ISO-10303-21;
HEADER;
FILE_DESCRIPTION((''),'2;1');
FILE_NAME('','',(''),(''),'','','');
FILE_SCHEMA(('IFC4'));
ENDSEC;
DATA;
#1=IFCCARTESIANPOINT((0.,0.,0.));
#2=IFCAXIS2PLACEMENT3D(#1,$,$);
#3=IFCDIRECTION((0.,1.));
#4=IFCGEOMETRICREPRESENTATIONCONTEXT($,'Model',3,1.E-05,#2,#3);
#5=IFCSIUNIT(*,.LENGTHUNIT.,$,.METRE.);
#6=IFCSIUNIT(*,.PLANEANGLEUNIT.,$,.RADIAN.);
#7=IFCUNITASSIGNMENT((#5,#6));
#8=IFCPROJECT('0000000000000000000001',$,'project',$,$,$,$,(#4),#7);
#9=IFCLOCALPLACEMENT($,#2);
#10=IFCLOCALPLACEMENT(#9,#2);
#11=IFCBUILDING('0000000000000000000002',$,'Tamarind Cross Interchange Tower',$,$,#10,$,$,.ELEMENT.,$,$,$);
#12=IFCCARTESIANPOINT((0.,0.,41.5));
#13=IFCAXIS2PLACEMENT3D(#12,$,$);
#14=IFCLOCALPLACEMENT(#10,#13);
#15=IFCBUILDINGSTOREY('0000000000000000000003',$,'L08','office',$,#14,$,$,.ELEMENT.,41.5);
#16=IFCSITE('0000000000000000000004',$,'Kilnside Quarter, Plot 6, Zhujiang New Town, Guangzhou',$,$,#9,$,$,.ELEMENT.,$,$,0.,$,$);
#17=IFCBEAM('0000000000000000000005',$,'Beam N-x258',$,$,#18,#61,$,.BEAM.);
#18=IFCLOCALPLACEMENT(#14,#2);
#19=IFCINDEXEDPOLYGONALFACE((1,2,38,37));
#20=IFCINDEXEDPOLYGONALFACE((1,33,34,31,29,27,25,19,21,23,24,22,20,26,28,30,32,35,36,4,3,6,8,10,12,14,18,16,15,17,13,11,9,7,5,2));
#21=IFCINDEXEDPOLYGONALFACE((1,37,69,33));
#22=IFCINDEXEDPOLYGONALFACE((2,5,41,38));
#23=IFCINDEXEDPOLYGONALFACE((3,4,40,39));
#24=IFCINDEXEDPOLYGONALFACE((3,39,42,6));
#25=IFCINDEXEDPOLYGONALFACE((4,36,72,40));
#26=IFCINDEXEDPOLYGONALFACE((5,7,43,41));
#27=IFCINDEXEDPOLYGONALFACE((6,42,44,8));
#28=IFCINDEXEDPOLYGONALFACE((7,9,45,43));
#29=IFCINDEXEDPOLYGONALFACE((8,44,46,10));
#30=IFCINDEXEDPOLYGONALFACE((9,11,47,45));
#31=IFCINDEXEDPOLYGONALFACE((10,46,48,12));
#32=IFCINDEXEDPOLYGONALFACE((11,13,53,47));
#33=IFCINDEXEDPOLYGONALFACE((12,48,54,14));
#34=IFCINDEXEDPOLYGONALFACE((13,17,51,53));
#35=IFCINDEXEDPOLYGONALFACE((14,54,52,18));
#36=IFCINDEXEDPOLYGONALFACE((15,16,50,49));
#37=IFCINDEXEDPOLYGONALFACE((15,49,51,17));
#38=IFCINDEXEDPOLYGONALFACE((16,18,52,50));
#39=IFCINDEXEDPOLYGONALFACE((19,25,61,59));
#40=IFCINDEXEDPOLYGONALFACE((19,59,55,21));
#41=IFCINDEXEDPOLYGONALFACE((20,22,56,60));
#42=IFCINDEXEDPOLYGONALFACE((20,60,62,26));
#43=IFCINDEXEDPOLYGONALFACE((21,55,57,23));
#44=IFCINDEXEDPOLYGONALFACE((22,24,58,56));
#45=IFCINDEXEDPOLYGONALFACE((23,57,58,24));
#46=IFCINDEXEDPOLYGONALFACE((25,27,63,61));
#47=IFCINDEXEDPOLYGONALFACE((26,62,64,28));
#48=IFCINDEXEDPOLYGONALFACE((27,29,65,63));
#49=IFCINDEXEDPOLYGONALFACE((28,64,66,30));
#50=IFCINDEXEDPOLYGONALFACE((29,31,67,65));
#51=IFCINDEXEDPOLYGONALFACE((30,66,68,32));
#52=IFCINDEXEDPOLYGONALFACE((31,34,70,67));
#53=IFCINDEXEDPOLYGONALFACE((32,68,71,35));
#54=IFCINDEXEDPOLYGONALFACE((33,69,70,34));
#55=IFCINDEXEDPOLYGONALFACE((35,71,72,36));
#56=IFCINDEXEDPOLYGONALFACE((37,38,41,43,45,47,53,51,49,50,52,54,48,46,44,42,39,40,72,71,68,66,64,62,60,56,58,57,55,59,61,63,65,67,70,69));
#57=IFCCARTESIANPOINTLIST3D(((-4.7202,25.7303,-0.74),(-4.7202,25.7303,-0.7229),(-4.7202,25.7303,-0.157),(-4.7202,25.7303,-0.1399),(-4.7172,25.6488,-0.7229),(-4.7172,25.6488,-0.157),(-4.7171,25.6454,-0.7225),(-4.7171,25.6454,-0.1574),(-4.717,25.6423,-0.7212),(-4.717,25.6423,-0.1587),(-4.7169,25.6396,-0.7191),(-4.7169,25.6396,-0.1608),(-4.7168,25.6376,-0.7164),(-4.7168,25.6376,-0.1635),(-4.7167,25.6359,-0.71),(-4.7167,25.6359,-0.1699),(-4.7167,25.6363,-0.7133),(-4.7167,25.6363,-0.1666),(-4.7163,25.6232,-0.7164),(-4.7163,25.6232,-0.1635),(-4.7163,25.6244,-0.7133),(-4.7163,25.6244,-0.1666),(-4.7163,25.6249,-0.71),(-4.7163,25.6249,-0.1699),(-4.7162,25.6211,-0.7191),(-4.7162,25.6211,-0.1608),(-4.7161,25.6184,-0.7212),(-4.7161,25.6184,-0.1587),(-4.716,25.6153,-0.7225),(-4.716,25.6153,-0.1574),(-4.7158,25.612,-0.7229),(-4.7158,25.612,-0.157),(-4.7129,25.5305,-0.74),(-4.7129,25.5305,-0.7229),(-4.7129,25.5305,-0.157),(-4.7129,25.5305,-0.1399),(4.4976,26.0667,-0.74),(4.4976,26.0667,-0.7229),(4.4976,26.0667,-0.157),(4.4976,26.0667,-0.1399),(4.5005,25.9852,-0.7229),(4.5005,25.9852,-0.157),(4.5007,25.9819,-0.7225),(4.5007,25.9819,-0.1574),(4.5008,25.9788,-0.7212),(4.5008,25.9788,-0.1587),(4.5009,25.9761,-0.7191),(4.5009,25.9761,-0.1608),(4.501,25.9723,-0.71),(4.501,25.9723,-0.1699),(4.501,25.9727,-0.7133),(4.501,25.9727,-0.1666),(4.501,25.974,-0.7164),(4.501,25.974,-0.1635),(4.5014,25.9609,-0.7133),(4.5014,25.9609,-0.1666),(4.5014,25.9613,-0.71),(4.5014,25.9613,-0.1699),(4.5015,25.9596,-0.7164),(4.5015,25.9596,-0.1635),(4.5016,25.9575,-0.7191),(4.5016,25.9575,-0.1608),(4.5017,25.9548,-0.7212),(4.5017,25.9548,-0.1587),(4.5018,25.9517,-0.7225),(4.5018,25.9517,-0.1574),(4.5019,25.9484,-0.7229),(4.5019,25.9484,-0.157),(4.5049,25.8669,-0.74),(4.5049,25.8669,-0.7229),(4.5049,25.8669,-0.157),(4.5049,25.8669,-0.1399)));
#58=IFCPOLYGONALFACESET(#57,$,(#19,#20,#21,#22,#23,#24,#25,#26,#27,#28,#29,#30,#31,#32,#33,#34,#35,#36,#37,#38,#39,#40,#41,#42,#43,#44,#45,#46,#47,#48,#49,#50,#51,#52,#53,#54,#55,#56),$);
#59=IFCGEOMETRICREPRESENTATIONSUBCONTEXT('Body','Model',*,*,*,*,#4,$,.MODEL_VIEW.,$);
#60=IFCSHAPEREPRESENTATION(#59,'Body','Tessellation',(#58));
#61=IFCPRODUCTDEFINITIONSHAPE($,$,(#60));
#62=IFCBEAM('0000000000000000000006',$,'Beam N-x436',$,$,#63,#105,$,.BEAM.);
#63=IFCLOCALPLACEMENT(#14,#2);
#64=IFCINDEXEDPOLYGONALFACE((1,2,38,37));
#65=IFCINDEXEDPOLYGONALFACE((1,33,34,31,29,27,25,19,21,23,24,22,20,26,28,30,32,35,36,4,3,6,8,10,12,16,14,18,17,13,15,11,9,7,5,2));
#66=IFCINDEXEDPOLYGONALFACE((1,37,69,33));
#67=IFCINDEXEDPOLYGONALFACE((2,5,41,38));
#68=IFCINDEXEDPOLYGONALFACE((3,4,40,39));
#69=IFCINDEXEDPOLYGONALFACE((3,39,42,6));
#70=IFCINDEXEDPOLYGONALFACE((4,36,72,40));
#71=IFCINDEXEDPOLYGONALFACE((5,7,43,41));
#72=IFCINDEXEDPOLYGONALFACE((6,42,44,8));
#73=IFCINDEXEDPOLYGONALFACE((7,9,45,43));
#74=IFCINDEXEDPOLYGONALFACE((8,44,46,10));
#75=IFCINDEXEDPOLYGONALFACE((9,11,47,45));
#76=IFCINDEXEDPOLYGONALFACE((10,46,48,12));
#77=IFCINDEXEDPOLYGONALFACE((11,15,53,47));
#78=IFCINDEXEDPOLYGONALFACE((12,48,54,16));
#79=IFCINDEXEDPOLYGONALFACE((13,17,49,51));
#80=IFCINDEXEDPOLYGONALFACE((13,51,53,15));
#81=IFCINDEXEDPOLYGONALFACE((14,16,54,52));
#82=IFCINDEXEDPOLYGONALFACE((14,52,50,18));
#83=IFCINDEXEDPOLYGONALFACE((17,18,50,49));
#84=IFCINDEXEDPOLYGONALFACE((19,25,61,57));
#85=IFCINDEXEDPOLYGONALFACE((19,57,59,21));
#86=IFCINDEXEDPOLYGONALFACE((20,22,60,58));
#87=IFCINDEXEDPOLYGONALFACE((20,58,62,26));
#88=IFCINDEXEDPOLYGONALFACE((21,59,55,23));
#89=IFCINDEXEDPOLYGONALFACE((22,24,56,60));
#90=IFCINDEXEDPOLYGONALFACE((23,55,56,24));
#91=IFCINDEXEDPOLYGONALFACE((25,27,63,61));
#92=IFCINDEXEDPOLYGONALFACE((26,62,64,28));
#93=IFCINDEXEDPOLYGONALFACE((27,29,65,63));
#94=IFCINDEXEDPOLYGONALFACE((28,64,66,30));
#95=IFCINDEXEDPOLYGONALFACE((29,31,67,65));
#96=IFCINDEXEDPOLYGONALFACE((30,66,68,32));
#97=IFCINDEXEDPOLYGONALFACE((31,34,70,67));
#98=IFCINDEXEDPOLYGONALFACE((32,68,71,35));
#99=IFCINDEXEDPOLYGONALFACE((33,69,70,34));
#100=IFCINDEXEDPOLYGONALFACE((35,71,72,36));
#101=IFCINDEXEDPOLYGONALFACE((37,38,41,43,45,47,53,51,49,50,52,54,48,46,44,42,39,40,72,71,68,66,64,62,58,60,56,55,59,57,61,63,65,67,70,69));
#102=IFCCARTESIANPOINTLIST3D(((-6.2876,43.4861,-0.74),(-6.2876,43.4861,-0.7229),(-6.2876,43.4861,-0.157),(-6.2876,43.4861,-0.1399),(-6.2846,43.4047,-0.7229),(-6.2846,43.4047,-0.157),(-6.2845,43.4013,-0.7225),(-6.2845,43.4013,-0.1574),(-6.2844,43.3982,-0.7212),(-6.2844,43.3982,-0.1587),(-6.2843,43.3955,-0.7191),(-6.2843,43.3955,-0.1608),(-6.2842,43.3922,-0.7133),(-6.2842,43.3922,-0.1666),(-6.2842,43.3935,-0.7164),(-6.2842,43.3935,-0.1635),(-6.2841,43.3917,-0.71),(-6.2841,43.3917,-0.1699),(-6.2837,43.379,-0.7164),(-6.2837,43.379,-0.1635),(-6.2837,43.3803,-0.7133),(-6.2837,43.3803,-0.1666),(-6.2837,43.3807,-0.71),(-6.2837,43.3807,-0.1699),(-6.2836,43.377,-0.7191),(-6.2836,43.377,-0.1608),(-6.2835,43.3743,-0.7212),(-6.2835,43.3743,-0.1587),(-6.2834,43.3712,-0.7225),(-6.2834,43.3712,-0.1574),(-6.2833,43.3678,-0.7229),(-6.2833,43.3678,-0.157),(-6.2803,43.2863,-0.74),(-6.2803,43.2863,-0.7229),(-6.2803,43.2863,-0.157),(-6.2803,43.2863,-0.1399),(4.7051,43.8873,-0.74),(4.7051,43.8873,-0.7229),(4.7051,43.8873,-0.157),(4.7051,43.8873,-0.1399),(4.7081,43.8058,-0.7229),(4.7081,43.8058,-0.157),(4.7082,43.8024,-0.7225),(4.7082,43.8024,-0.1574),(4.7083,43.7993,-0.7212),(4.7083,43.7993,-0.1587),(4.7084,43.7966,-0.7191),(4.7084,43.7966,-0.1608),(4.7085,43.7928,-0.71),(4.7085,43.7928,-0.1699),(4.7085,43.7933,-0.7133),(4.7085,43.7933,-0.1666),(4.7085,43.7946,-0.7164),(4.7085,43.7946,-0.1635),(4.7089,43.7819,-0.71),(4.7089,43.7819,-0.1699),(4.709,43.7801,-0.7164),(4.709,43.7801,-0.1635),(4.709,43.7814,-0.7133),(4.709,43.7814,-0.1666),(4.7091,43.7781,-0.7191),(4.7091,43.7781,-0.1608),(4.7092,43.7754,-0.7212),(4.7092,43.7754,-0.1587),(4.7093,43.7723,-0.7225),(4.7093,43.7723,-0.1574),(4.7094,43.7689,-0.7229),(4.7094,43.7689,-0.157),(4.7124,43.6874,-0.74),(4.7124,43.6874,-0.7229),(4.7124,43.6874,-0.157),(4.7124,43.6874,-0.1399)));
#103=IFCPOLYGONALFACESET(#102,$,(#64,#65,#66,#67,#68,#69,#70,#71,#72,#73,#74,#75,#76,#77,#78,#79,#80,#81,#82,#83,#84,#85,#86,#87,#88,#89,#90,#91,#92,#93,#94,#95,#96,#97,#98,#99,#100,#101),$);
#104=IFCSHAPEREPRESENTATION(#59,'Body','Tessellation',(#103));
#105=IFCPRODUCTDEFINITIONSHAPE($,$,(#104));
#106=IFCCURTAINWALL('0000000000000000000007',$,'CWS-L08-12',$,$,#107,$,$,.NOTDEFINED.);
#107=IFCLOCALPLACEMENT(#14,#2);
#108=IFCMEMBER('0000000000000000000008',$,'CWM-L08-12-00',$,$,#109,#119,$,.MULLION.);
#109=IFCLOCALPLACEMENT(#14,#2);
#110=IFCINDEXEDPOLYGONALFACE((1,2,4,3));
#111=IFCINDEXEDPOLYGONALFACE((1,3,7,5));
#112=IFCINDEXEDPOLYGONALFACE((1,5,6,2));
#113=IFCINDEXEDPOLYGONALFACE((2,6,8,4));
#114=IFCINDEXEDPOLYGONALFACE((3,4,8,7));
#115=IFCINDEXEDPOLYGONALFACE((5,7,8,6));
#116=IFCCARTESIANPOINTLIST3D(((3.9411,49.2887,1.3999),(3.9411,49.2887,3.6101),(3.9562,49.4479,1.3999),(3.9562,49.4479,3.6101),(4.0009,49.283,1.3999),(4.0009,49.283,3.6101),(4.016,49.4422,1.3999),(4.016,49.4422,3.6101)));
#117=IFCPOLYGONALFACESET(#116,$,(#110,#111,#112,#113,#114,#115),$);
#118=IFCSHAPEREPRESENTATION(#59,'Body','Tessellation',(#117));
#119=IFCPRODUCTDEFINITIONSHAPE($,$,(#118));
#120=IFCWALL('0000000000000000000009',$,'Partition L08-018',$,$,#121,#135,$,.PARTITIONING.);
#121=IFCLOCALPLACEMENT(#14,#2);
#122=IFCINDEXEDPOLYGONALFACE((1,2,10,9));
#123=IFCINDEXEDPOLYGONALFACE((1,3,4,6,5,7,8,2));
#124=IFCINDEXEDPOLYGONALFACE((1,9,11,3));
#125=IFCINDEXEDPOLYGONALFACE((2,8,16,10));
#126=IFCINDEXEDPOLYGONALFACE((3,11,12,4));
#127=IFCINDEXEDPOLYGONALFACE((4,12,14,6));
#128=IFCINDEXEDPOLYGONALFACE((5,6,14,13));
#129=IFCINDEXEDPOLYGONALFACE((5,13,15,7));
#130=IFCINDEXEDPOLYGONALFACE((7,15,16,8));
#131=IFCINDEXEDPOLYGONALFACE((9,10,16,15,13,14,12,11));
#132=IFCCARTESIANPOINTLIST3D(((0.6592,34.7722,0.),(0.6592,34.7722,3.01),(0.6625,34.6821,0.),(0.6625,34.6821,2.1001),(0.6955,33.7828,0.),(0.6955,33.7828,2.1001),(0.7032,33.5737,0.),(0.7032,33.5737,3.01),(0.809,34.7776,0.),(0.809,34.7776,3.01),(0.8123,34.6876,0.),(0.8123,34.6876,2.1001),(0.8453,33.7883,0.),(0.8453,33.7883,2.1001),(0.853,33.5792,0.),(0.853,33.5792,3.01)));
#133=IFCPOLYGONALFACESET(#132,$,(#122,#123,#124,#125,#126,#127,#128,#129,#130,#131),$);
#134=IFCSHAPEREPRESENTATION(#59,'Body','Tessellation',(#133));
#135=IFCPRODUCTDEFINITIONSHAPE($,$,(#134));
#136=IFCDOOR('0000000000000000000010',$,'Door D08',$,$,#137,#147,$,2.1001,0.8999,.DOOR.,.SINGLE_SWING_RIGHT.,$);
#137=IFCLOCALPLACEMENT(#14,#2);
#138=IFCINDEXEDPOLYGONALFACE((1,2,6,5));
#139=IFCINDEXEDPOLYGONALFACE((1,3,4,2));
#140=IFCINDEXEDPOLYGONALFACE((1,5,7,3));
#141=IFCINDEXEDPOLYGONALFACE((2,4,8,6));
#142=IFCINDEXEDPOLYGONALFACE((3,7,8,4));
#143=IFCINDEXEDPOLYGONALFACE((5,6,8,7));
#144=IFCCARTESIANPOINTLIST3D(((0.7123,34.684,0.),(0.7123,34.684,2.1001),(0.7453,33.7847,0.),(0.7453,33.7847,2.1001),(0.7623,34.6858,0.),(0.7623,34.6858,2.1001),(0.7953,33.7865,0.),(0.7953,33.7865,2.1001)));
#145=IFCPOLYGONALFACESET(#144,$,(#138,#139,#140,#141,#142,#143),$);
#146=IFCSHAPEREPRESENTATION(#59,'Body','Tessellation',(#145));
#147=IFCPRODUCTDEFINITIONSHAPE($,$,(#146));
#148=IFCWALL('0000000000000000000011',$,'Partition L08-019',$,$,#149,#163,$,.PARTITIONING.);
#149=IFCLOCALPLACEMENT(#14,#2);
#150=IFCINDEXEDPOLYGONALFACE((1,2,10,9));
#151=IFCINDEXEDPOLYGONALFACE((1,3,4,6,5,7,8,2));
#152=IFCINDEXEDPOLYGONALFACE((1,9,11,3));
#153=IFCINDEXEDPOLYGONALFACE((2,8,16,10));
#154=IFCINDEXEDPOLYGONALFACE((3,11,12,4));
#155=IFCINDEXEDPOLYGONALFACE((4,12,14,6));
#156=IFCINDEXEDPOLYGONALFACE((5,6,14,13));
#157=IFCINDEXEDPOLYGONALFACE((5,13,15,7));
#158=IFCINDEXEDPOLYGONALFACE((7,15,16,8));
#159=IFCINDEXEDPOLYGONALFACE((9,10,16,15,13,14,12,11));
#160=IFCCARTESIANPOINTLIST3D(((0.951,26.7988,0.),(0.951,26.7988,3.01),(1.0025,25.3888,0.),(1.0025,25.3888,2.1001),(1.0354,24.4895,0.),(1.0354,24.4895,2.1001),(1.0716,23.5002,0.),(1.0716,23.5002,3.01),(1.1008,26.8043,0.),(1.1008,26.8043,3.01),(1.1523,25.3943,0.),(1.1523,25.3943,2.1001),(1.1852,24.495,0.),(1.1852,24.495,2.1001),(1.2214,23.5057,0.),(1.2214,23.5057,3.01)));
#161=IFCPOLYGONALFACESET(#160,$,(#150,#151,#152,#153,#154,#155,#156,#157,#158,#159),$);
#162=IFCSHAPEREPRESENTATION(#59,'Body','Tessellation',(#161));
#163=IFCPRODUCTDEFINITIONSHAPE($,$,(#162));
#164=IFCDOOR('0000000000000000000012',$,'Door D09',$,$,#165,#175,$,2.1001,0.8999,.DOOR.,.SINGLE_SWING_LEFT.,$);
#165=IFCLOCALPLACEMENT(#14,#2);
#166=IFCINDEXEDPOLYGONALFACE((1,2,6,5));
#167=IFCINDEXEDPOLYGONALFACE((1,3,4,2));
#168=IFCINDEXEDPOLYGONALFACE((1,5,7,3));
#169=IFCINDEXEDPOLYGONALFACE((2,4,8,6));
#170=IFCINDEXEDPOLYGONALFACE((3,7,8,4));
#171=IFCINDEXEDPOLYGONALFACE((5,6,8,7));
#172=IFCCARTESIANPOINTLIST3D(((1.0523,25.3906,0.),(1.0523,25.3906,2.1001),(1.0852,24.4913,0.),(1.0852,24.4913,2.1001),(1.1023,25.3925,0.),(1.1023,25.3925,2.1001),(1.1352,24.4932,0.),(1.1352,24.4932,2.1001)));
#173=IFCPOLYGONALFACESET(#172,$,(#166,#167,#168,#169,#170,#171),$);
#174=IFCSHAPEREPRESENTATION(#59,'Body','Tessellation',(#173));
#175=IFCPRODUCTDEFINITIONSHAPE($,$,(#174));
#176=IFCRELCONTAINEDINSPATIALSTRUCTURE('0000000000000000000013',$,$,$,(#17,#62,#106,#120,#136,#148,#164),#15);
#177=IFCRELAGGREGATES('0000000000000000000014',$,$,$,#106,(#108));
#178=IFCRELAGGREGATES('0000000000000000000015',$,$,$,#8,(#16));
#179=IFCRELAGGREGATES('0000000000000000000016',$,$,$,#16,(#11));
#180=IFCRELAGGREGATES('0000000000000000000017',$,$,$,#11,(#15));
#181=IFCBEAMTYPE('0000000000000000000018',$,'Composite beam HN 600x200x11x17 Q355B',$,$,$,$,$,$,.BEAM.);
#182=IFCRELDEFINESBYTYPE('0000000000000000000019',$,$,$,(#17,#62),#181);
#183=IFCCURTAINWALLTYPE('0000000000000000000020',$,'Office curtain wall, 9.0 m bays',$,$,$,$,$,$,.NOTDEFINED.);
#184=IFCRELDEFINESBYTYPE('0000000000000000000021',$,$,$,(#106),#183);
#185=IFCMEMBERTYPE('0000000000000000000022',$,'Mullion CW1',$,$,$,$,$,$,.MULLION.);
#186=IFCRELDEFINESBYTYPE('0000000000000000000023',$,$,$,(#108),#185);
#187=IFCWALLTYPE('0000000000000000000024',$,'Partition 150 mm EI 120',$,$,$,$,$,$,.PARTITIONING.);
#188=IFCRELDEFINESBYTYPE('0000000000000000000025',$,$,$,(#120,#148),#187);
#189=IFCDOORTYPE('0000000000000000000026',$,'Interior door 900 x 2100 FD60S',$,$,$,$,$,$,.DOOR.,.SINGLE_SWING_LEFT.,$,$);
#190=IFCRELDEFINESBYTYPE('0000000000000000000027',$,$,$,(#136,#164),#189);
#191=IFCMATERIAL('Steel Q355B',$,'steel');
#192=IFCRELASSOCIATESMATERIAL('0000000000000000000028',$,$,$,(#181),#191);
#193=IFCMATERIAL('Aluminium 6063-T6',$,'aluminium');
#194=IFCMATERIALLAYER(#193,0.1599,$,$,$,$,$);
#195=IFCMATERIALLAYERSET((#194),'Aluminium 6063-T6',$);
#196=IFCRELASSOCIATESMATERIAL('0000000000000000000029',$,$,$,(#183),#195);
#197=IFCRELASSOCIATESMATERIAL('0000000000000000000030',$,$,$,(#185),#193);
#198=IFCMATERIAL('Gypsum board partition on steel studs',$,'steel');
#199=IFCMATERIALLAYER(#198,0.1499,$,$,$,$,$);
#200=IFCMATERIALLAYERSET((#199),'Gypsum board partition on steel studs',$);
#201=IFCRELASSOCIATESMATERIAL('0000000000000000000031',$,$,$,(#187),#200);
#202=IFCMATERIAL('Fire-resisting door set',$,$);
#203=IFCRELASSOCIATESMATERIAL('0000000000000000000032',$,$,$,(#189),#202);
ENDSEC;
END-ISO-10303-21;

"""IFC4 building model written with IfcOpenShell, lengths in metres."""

from ifc_helpers import new_model, si_unit, direction, frame, frame_2d, origin, origin_2d, place, context, subcontext, project, spatial, rectangle, i_section, extrude, material, layer, layer_set, material_profile, profile_set, type_object, element, fill, aggregate, save


model = new_model("IFC4")

# Units and contexts
model_context = context("Model", 3, precision=1e-05, world=origin(), true_north=direction((0.0, 1.0)))
body_context = subcontext(model_context, "Body", "Model", "MODEL_VIEW")
ifc_project = project(units=[si_unit("LENGTHUNIT", "METRE"), si_unit("PLANEANGLEUNIT", "RADIAN")], contexts=[model_context])

# Site, building, storey
site_placement = place(None, origin())
site = spatial("IfcSite", under=ifc_project, at=site_placement, Name="Kilnside Quarter, Plot 6, Zhujiang New Town, Guangzhou", CompositionType="ELEMENT", RefElevation=0.0)
building_placement = place(site_placement, origin())
building = spatial("IfcBuilding", under=site, at=building_placement, Name="Tamarind Cross Interchange Tower", CompositionType="ELEMENT")
storey_placement = place(building_placement, frame((0.0, 0.0, 41.5)))
storey = spatial("IfcBuildingStorey", under=building, at=storey_placement, Name="L08", Description="office", CompositionType="ELEMENT", Elevation=41.5)

# Beams
ifc_material_1 = material(Name="Steel Q355B", Category="steel")
ifc_material_profile_1 = material_profile(ifc_material_1, i_section(OverallWidth=0.2, OverallDepth=0.6001, WebThickness=0.011, FlangeThickness=0.0171, FilletRadius=0.0129, at=origin_2d()), Name="HN 600x200x11x17")
ifc_profile_set_1 = profile_set([ifc_material_profile_1], Name="Steel Q355B")
beam_type_1 = type_object("IfcBeamType", Name="Composite beam HN 600x200x11x17 Q355B", PredefinedType="BEAM", material=ifc_profile_set_1)
beam_1_placement = place(storey_placement, frame((4.5012, 25.9668, -0.4399), z_axis=(-0.999335, -0.036473, 0.0), x_axis=(0.036473, -0.999335, 0.0)))
element("IfcBeam", 1, at=beam_1_placement, inside=storey, type_object=beam_type_1, Name="Beam N-x258", PredefinedType="BEAM", context=body_context, shape_type="SweptSolid", body=[
    extrude(i_section(OverallWidth=0.2, OverallDepth=0.6001, WebThickness=0.011, FlangeThickness=0.0171, FilletRadius=0.0129, at=origin_2d()), origin(), (0.0, 0.0, 1.0), 9.2239),
])
beam_2_placement = place(storey_placement, frame((4.7087, 43.7874, -0.4399), z_axis=(-0.999335, -0.036466, 0.0), x_axis=(0.036466, -0.999335, 0.0)))
element("IfcBeam", 2, at=beam_2_placement, inside=storey, type_object=beam_type_1, Name="Beam N-x436", PredefinedType="BEAM", context=body_context, shape_type="SweptSolid", body=[
    extrude(i_section(OverallWidth=0.2, OverallDepth=0.6001, WebThickness=0.011, FlangeThickness=0.0171, FilletRadius=0.0129, at=origin_2d()), origin(), (0.0, 0.0, 1.0), 11.0),
])

# Curtain wall, member
ifc_material_2 = material(Name="Aluminium 6063-T6", Category="aluminium")
ifc_layer_1 = layer(ifc_material_2, 0.1599)
ifc_layer_set_1 = layer_set([ifc_layer_1], Name="Aluminium 6063-T6")
curtain_wall_type = type_object("IfcCurtainWallType", Name="Office curtain wall, 9.0 m bays", PredefinedType="NOTDEFINED", material=ifc_layer_set_1)
curtain_wall_placement = place(storey_placement, origin())
curtain_wall = element("IfcCurtainWall", 3, at=curtain_wall_placement, inside=storey, type_object=curtain_wall_type, Name="CWS-L08-12", PredefinedType="NOTDEFINED")
ifc_material_profile_2 = material_profile(ifc_material_2, rectangle(XDim=0.0601, YDim=0.1599, at=origin_2d()), Name="Mullion CW1")
ifc_profile_set_2 = profile_set([ifc_material_profile_2], Name="Aluminium 6063-T6")
member_type = type_object("IfcMemberType", Name="Mullion CW1", PredefinedType="MULLION", material=ifc_profile_set_2)
member_placement = place(storey_placement, frame((3.9785, 49.3655, 1.3999), z_axis=(0.0, 0.0, 1.0), x_axis=(-0.995545, 0.094289, 0.0)))
member = element("IfcMember", 4, at=member_placement, type_object=member_type, Name="CWM-L08-12-00", PredefinedType="MULLION", context=body_context, shape_type="SweptSolid", body=[
    extrude(rectangle(XDim=0.0601, YDim=0.1599, at=origin_2d()), origin(), (0.0, 0.0, 1.0), 2.2102),
])
aggregate(curtain_wall, [member])

# Walls, openings, doors
ifc_material_3 = material(Name="Gypsum board partition on steel studs", Category="steel")
ifc_layer_2 = layer(ifc_material_3, 0.1499)
ifc_layer_set_2 = layer_set([ifc_layer_2], Name="Gypsum board partition on steel studs")
wall_type_1 = type_object("IfcWallType", Name="Partition 150 mm EI 120", PredefinedType="PARTITIONING", material=ifc_layer_set_2)
wall_1_placement = place(storey_placement, frame((0.7341, 34.7749, 0.0), z_axis=(0.0, 0.0, 1.0), x_axis=(0.036643, -0.999328, 0.0)))
wall_1 = element("IfcWall", 5, at=wall_1_placement, inside=storey, type_object=wall_type_1, Name="Partition L08-018", PredefinedType="PARTITIONING", context=body_context, shape_type="SweptSolid", body=[
    extrude(rectangle(XDim=1.1992, YDim=0.1499, at=frame_2d((0.5996, 0.0))), origin(), (0.0, 0.0, 1.0), 3.01),
])
opening_1_placement = place(wall_1_placement, frame((0.0901, 0.0, 0.0)))
opening_1 = element("IfcOpeningElement", 6, at=opening_1_placement, cuts=wall_1, PredefinedType="OPENING", context=body_context, shape_type="SweptSolid", body=[
    extrude(rectangle(XDim=0.8999, YDim=2.1001, at=frame_2d((0.45, 1.05))), frame((0.0, 0.085, 0.0), z_axis=(0.0, -1.0, 0.0), x_axis=(1.0, 0.0, 0.0)), (0.0, 0.0, 1.0), 0.1699),
])
ifc_material_4 = material(Name="Fire-resisting door set")
door_type_1 = type_object("IfcDoorType", Name="Interior door 900 x 2100 FD60S", OperationType="SINGLE_SWING_LEFT", PredefinedType="DOOR", material=ifc_material_4)
door_1_placement = place(opening_1_placement, origin())
door_1 = element("IfcDoor", 7, at=door_1_placement, inside=storey, type_object=door_type_1, Name="Door D08", OperationType="SINGLE_SWING_RIGHT", OverallHeight=2.1001, OverallWidth=0.8999, PredefinedType="DOOR", context=body_context, shape_type="SweptSolid", body=[
    extrude(rectangle(XDim=0.8999, YDim=2.1001, at=frame_2d((0.45, 1.05))), frame((0.0, 0.0249, 0.0), z_axis=(0.0, -1.0, 0.0), x_axis=(1.0, 0.0, 0.0)), (0.0, 0.0, 1.0), 0.05),
])
fill(opening_1, door_1)
wall_2_placement = place(storey_placement, frame((1.0259, 26.8015, 0.0), z_axis=(0.0, 0.0, 1.0), x_axis=(0.036538, -0.999332, 0.0)))
wall_2 = element("IfcWall", 8, at=wall_2_placement, inside=storey, type_object=wall_type_1, Name="Partition L08-019", PredefinedType="PARTITIONING", context=body_context, shape_type="SweptSolid", body=[
    extrude(rectangle(XDim=3.3008, YDim=0.1499, at=frame_2d((1.6504, 0.0))), origin(), (0.0, 0.0, 1.0), 3.01),
])
opening_2_placement = place(wall_2_placement, frame((1.4109, 0.0, 0.0)))
opening_2 = element("IfcOpeningElement", 9, at=opening_2_placement, cuts=wall_2, PredefinedType="OPENING", context=body_context, shape_type="SweptSolid", body=[
    extrude(rectangle(XDim=0.8999, YDim=2.1001, at=frame_2d((0.45, 1.05))), frame((0.0, 0.085, 0.0), z_axis=(0.0, -1.0, 0.0), x_axis=(1.0, 0.0, 0.0)), (0.0, 0.0, 1.0), 0.1699),
])
door_2_placement = place(opening_2_placement, origin())
door_2 = element("IfcDoor", 10, at=door_2_placement, inside=storey, type_object=door_type_1, Name="Door D09", OperationType="SINGLE_SWING_LEFT", OverallHeight=2.1001, OverallWidth=0.8999, PredefinedType="DOOR", context=body_context, shape_type="SweptSolid", body=[
    extrude(rectangle(XDim=0.8999, YDim=2.1001, at=frame_2d((0.45, 1.05))), frame((0.0, 0.0249, 0.0), z_axis=(0.0, -1.0, 0.0), x_axis=(1.0, 0.0, 0.0)), (0.0, 0.0, 1.0), 0.05),
])
fill(opening_2, door_2)

save(model, "model.ifc")
